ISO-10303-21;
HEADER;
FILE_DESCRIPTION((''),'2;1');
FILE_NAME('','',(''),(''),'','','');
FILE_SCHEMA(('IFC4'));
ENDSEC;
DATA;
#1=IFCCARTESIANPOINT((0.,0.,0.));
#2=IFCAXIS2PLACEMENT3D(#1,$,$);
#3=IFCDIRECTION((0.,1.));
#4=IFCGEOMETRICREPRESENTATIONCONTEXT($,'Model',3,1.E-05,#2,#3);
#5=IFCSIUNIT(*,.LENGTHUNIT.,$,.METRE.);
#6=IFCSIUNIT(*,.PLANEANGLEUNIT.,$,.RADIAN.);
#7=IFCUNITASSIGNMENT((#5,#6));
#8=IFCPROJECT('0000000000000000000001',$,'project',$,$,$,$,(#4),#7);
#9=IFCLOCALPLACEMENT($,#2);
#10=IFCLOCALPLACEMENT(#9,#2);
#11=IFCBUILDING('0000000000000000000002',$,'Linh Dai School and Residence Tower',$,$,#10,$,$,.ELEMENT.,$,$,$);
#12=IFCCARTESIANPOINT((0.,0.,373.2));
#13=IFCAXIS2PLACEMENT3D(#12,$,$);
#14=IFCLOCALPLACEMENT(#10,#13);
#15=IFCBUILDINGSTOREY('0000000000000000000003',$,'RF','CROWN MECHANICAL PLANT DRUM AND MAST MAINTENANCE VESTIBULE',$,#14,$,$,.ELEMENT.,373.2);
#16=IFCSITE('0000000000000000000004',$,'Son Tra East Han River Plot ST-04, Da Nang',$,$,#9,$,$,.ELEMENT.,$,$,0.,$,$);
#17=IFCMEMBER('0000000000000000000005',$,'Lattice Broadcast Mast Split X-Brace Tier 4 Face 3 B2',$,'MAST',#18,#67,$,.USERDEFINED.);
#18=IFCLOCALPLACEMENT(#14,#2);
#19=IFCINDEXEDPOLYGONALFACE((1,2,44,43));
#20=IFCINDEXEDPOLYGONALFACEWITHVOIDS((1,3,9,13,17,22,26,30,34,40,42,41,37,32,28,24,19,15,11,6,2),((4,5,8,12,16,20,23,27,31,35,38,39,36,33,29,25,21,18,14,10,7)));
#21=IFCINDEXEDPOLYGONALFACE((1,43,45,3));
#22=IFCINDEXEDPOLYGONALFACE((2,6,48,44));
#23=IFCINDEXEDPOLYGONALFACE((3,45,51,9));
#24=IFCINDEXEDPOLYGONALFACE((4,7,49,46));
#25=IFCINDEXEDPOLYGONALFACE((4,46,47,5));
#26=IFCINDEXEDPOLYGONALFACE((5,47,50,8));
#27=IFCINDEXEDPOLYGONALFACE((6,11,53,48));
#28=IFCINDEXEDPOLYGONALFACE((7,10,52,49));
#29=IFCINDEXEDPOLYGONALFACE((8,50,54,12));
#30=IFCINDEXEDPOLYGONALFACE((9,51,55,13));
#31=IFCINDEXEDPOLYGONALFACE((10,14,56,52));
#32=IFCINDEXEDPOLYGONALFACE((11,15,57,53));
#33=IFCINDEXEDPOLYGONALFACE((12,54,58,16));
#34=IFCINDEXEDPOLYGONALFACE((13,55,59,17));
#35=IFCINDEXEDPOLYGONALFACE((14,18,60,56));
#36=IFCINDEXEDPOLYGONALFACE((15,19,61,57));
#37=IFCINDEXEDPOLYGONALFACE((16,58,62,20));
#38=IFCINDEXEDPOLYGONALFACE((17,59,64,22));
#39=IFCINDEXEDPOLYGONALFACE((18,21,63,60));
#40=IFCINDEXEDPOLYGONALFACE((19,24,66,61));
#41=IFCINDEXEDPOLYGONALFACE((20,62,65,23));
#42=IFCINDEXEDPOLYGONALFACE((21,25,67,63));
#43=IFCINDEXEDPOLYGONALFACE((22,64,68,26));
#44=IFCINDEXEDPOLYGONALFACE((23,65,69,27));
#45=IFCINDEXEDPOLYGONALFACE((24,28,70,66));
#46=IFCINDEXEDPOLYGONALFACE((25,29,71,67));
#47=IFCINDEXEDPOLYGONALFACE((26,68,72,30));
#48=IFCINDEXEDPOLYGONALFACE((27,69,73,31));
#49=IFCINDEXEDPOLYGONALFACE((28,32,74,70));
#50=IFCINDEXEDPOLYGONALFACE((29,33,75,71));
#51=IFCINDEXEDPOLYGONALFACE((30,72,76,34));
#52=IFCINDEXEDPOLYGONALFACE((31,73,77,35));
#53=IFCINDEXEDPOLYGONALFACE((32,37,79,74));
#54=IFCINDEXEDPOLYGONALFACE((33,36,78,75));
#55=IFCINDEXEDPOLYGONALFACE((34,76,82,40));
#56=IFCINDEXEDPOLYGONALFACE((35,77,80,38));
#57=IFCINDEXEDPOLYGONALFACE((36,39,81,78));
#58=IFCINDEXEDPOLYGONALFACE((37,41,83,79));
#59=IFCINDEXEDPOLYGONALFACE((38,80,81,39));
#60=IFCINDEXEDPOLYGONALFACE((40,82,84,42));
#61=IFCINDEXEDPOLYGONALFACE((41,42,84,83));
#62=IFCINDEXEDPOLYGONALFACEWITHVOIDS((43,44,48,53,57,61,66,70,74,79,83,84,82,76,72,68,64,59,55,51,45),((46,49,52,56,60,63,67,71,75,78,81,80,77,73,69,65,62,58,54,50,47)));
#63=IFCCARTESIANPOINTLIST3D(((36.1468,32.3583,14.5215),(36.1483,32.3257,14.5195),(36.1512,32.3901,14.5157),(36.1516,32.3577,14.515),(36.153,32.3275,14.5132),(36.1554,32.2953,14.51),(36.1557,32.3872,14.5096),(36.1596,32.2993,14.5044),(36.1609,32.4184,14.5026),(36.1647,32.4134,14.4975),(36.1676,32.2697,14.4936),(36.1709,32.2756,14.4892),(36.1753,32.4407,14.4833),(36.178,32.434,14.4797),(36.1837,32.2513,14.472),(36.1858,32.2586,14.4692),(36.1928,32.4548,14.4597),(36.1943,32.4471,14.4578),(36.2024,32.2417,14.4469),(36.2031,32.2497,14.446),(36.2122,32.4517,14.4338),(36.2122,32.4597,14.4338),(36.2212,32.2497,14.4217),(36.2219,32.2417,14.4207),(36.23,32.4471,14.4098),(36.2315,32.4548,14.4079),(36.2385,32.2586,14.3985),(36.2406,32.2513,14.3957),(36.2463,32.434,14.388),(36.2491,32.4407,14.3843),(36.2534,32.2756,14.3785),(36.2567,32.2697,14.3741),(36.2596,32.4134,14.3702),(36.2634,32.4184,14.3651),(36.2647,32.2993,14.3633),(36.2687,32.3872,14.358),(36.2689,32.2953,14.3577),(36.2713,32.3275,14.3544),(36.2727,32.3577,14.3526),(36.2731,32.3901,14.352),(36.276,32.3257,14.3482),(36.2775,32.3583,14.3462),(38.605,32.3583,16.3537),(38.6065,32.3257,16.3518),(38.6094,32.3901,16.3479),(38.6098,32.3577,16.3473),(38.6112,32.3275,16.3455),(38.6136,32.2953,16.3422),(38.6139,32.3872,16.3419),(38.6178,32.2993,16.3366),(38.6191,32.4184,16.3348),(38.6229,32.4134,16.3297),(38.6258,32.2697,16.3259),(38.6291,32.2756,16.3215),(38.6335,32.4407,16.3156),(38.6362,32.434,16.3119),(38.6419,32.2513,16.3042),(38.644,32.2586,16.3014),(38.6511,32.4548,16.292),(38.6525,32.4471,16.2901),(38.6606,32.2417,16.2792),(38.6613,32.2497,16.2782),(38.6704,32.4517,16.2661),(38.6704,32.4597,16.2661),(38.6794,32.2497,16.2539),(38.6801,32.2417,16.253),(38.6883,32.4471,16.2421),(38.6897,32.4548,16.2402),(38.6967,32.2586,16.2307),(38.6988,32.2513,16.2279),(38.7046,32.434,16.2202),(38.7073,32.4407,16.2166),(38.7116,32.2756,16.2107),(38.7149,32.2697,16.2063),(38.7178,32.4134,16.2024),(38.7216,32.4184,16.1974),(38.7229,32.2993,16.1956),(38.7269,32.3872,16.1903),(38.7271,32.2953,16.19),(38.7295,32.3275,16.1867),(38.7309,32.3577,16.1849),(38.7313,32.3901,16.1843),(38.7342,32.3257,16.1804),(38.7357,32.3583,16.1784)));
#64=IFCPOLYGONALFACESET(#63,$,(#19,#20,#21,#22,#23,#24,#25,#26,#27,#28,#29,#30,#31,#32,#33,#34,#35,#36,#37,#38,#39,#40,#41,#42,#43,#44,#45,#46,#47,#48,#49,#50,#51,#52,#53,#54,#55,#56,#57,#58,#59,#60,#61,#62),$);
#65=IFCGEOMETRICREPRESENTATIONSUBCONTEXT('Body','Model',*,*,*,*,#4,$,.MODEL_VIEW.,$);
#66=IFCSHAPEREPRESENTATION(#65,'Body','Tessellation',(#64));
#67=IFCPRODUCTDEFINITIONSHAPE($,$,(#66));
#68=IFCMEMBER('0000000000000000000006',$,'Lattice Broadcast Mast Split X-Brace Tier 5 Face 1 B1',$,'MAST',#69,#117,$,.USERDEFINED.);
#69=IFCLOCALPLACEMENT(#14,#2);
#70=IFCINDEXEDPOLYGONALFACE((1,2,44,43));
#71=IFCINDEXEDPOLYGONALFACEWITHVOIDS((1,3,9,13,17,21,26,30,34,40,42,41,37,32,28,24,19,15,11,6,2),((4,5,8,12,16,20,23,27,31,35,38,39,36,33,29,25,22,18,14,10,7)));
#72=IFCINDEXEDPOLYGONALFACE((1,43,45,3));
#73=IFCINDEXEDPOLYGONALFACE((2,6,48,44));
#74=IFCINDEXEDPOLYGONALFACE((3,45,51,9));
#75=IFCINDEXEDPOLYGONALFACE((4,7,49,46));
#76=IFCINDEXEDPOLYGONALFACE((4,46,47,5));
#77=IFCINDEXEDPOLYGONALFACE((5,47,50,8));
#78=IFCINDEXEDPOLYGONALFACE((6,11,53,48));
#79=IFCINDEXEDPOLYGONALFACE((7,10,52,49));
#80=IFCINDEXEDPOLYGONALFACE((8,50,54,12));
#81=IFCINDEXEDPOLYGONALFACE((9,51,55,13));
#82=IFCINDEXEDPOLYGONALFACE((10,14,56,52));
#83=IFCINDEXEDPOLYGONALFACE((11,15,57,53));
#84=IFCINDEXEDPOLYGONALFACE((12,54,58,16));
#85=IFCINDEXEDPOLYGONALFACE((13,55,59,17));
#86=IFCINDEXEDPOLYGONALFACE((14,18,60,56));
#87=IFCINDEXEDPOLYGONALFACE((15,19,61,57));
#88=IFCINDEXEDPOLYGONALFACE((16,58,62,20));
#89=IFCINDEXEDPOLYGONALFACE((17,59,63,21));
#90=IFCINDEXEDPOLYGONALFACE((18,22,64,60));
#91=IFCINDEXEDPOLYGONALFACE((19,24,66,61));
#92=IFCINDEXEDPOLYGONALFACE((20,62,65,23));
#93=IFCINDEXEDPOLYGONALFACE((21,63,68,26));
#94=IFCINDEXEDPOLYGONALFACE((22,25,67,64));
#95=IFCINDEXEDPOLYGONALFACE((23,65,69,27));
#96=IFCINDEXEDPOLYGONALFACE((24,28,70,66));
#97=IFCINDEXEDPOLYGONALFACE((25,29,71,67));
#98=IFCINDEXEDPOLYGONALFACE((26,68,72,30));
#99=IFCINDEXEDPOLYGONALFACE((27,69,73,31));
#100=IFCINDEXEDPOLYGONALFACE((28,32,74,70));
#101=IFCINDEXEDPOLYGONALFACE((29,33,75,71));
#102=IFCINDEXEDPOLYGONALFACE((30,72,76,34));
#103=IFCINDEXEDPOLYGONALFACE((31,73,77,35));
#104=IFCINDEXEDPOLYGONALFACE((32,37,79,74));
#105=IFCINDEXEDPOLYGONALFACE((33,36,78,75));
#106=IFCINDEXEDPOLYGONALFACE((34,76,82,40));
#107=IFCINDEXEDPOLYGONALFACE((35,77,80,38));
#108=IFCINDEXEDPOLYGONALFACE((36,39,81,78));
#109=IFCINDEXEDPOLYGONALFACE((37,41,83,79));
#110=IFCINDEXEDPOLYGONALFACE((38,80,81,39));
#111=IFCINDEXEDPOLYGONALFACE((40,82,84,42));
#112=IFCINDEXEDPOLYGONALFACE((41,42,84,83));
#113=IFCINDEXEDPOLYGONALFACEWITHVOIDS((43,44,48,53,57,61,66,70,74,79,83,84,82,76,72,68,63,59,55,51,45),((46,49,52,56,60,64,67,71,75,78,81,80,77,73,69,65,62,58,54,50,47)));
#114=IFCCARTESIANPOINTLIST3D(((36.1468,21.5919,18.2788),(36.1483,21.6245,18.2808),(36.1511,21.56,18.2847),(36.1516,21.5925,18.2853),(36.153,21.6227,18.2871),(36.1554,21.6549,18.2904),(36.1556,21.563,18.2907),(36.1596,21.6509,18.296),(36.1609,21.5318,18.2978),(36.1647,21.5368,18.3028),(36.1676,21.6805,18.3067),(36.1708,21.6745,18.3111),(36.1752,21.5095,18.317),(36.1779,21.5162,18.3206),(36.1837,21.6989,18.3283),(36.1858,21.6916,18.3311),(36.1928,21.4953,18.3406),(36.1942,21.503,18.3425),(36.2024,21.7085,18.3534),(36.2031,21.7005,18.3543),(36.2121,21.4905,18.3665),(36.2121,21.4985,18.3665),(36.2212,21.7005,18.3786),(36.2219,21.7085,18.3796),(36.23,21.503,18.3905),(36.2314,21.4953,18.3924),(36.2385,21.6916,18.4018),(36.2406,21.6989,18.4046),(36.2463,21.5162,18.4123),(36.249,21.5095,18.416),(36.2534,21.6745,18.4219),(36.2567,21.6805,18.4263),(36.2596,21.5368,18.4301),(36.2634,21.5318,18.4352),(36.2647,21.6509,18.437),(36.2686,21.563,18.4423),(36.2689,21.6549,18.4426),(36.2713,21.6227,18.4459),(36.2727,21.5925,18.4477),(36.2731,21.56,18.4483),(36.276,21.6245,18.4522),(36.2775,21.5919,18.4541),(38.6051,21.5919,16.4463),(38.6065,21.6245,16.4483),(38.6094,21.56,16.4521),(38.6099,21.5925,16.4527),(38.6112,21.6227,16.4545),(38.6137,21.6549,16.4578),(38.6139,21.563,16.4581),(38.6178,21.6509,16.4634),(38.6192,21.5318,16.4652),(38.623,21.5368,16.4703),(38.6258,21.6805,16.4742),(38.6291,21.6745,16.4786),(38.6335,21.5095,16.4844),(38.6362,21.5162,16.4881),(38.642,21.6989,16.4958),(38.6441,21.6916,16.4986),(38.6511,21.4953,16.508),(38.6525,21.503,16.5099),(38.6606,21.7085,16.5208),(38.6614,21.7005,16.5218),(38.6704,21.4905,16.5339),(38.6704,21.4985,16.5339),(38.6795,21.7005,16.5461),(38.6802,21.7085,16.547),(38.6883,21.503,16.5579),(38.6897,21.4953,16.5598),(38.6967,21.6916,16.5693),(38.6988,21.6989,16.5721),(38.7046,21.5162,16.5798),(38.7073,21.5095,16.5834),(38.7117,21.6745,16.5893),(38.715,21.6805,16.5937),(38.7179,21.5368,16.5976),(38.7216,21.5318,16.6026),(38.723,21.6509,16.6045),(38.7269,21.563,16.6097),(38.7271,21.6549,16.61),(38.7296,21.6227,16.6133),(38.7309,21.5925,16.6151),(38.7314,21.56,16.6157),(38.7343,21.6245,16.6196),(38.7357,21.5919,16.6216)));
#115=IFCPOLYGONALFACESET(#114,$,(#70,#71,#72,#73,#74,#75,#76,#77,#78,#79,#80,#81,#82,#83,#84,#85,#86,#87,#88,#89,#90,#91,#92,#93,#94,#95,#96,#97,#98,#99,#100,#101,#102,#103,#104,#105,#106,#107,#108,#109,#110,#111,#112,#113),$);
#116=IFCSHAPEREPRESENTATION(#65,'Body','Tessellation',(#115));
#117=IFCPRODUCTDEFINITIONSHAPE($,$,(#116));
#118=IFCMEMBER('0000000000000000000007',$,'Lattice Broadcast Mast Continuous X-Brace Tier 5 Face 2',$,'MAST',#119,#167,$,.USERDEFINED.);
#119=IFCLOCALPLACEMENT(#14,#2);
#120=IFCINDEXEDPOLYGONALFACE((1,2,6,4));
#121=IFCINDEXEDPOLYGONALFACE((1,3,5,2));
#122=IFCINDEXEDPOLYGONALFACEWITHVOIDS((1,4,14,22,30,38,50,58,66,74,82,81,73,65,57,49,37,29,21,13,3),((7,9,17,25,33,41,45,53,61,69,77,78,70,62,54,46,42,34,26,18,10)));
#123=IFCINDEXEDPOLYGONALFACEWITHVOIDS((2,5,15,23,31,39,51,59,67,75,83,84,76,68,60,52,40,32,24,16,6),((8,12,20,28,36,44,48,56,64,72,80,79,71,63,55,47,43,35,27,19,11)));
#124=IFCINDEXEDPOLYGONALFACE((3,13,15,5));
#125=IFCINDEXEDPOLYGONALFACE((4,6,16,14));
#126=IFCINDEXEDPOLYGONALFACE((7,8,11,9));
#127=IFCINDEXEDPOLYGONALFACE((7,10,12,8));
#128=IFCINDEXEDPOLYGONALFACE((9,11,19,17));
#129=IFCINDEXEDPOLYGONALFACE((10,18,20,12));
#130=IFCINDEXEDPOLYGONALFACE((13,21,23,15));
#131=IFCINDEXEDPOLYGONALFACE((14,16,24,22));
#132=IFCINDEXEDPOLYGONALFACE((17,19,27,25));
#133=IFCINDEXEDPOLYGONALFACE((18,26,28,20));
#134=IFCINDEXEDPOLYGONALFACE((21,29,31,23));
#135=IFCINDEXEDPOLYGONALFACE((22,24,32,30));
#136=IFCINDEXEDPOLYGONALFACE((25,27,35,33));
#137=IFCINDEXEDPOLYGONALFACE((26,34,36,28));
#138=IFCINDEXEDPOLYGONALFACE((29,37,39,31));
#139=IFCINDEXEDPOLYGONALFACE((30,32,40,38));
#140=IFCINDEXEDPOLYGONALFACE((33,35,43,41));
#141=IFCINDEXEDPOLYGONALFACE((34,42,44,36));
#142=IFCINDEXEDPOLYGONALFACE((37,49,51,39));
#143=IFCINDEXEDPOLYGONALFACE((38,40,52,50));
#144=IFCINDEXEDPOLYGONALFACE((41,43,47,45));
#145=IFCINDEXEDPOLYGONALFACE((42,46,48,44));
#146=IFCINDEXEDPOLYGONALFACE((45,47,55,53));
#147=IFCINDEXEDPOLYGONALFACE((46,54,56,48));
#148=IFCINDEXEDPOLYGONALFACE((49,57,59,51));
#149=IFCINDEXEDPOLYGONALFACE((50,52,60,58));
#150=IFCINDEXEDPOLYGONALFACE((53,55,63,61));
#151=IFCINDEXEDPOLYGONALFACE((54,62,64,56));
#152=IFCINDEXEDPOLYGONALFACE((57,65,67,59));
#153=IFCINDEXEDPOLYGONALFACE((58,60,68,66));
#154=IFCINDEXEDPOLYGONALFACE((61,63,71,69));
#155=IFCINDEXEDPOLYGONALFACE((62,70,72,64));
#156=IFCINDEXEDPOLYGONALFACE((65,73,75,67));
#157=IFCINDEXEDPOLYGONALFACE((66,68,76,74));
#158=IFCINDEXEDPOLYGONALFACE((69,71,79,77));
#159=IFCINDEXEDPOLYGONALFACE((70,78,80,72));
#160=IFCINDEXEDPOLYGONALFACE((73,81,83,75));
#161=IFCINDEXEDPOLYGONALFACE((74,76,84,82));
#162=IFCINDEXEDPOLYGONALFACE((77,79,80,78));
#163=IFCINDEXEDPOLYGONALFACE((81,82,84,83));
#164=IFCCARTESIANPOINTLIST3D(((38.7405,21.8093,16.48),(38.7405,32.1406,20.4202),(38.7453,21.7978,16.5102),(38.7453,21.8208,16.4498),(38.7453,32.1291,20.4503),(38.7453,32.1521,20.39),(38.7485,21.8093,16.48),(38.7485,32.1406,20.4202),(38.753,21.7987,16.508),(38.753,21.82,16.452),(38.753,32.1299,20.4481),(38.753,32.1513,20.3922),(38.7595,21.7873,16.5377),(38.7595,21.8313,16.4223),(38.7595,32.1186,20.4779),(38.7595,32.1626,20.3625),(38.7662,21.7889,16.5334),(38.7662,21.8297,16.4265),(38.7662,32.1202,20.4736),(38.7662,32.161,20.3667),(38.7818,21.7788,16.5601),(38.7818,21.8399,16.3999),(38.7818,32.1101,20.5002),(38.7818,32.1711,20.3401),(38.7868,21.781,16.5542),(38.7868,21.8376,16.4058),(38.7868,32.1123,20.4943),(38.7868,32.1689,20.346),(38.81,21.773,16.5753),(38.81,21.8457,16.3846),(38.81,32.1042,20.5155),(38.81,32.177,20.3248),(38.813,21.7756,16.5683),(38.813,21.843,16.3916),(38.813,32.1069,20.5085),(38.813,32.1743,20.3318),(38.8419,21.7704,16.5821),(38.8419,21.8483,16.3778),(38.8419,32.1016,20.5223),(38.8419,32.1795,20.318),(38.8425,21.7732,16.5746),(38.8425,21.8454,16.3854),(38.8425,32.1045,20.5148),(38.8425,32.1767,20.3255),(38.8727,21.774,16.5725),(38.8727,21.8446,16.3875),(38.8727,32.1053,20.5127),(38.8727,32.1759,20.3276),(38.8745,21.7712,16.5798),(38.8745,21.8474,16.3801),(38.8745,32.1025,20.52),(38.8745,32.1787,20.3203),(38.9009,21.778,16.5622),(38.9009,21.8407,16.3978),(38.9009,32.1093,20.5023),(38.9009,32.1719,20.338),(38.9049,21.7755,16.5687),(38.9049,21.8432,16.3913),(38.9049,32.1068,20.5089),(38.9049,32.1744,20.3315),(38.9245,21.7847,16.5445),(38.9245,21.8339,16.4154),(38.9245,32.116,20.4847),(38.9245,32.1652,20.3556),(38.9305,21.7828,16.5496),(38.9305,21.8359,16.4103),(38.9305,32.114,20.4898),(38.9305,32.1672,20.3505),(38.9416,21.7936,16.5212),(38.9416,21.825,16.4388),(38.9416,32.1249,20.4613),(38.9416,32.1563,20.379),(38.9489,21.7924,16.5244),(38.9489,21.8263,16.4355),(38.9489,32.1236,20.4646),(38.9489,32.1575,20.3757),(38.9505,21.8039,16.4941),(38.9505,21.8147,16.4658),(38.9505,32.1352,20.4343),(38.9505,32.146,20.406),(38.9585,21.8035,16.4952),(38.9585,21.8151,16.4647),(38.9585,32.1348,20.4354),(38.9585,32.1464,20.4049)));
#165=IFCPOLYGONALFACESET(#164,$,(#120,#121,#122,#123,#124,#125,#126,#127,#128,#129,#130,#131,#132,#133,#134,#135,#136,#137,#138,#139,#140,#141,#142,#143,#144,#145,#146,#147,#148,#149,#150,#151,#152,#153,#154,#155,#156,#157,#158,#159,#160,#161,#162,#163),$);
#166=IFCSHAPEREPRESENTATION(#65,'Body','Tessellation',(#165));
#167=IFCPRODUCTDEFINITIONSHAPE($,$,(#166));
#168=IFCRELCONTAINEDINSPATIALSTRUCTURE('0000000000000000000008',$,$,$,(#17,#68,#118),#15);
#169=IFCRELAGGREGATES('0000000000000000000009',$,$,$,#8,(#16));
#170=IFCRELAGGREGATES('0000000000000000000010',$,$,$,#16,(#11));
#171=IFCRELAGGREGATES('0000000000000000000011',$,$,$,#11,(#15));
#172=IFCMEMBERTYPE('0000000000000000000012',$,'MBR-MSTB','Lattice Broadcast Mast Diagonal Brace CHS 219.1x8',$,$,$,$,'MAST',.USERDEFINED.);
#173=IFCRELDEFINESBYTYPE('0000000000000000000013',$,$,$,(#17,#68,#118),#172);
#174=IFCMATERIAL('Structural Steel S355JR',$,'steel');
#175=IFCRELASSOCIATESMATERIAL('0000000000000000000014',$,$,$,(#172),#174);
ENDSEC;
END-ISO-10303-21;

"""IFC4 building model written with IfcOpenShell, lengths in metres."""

from ifc_helpers import new_model, si_unit, direction, frame, origin, origin_2d, place, context, subcontext, project, spatial, hollow_circle, extrude, material, material_profile, profile_set, type_object, element, save


model = new_model("IFC4")

# Units and contexts
model_context = context("Model", 3, precision=1e-05, world=origin(), true_north=direction((0.0, 1.0)))
body_context = subcontext(model_context, "Body", "Model", "MODEL_VIEW")
ifc_project = project(units=[si_unit("LENGTHUNIT", "METRE"), si_unit("PLANEANGLEUNIT", "RADIAN")], contexts=[model_context])

# Site, building, storey
site_placement = place(None, origin())
site = spatial("IfcSite", under=ifc_project, at=site_placement, Name="Son Tra East Han River Plot ST-04, Da Nang", CompositionType="ELEMENT", RefElevation=0.0)
building_placement = place(site_placement, origin())
building = spatial("IfcBuilding", under=site, at=building_placement, Name="Linh Dai School and Residence Tower", CompositionType="ELEMENT")
storey_placement = place(building_placement, frame((0.0, 0.0, 373.2)))
storey = spatial("IfcBuildingStorey", under=building, at=storey_placement, Name="RF", Description="CROWN MECHANICAL PLANT DRUM AND MAST MAINTENANCE VESTIBULE", CompositionType="ELEMENT", Elevation=373.2)

# Shared definitions
ifc_material = material(Name="Structural Steel S355JR", Category="steel")

# Members
ifc_material_profile_1 = material_profile(ifc_material, hollow_circle(Radius=0.1096, WallThickness=0.0081, at=origin_2d()), Name="CHS 219.1x8")
ifc_profile_set_1 = profile_set([ifc_material_profile_1], Name="Structural Steel S355JR")
member_type = type_object("IfcMemberType", Name="MBR-MSTB", Description="Lattice Broadcast Mast Diagonal Brace CHS 219.1x8", ElementType="MAST", PredefinedType="USERDEFINED", material=ifc_profile_set_1)
member_1_placement = place(storey_placement, frame((36.2122, 32.3501, 14.4338), z_axis=(0.801783, 0.0, 0.597615), x_axis=(0.0, 1.0, 0.0)))
element("IfcMember", 1, at=member_1_placement, inside=storey, type_object=member_type, Name="Lattice Broadcast Mast Split X-Brace Tier 4 Face 3 B2", ObjectType="MAST", PredefinedType="USERDEFINED", context=body_context, shape_type="SweptSolid", body=[
    extrude(hollow_circle(Radius=0.1096, WallThickness=0.0081, at=origin_2d()), origin(), (0.0, 0.0, 1.0), 3.0659),
])
member_2_placement = place(storey_placement, frame((38.6704, 21.6001, 16.5339), z_axis=(-0.801745, 0.0, 0.597666), x_axis=(0.0, -1.0, 0.0)))
element("IfcMember", 2, at=member_2_placement, inside=storey, type_object=member_type, Name="Lattice Broadcast Mast Split X-Brace Tier 5 Face 1 B1", ObjectType="MAST", PredefinedType="USERDEFINED", context=body_context, shape_type="SweptSolid", body=[
    extrude(hollow_circle(Radius=0.1096, WallThickness=0.0081, at=origin_2d()), origin(), (0.0, 0.0, 1.0), 3.0662),
])
member_3_placement = place(storey_placement, frame((38.8501, 21.8093, 16.48), z_axis=(0.0, 0.934354, 0.356347), x_axis=(-1.0, 0.0, 0.0)))
element("IfcMember", 3, at=member_3_placement, inside=storey, type_object=member_type, Name="Lattice Broadcast Mast Continuous X-Brace Tier 5 Face 2", ObjectType="MAST", PredefinedType="USERDEFINED", context=body_context, shape_type="SweptSolid", body=[
    extrude(hollow_circle(Radius=0.1096, WallThickness=0.0081, at=origin_2d()), origin(), (0.0, 0.0, 1.0), 11.0571),
])

save(model, "model.ifc")
